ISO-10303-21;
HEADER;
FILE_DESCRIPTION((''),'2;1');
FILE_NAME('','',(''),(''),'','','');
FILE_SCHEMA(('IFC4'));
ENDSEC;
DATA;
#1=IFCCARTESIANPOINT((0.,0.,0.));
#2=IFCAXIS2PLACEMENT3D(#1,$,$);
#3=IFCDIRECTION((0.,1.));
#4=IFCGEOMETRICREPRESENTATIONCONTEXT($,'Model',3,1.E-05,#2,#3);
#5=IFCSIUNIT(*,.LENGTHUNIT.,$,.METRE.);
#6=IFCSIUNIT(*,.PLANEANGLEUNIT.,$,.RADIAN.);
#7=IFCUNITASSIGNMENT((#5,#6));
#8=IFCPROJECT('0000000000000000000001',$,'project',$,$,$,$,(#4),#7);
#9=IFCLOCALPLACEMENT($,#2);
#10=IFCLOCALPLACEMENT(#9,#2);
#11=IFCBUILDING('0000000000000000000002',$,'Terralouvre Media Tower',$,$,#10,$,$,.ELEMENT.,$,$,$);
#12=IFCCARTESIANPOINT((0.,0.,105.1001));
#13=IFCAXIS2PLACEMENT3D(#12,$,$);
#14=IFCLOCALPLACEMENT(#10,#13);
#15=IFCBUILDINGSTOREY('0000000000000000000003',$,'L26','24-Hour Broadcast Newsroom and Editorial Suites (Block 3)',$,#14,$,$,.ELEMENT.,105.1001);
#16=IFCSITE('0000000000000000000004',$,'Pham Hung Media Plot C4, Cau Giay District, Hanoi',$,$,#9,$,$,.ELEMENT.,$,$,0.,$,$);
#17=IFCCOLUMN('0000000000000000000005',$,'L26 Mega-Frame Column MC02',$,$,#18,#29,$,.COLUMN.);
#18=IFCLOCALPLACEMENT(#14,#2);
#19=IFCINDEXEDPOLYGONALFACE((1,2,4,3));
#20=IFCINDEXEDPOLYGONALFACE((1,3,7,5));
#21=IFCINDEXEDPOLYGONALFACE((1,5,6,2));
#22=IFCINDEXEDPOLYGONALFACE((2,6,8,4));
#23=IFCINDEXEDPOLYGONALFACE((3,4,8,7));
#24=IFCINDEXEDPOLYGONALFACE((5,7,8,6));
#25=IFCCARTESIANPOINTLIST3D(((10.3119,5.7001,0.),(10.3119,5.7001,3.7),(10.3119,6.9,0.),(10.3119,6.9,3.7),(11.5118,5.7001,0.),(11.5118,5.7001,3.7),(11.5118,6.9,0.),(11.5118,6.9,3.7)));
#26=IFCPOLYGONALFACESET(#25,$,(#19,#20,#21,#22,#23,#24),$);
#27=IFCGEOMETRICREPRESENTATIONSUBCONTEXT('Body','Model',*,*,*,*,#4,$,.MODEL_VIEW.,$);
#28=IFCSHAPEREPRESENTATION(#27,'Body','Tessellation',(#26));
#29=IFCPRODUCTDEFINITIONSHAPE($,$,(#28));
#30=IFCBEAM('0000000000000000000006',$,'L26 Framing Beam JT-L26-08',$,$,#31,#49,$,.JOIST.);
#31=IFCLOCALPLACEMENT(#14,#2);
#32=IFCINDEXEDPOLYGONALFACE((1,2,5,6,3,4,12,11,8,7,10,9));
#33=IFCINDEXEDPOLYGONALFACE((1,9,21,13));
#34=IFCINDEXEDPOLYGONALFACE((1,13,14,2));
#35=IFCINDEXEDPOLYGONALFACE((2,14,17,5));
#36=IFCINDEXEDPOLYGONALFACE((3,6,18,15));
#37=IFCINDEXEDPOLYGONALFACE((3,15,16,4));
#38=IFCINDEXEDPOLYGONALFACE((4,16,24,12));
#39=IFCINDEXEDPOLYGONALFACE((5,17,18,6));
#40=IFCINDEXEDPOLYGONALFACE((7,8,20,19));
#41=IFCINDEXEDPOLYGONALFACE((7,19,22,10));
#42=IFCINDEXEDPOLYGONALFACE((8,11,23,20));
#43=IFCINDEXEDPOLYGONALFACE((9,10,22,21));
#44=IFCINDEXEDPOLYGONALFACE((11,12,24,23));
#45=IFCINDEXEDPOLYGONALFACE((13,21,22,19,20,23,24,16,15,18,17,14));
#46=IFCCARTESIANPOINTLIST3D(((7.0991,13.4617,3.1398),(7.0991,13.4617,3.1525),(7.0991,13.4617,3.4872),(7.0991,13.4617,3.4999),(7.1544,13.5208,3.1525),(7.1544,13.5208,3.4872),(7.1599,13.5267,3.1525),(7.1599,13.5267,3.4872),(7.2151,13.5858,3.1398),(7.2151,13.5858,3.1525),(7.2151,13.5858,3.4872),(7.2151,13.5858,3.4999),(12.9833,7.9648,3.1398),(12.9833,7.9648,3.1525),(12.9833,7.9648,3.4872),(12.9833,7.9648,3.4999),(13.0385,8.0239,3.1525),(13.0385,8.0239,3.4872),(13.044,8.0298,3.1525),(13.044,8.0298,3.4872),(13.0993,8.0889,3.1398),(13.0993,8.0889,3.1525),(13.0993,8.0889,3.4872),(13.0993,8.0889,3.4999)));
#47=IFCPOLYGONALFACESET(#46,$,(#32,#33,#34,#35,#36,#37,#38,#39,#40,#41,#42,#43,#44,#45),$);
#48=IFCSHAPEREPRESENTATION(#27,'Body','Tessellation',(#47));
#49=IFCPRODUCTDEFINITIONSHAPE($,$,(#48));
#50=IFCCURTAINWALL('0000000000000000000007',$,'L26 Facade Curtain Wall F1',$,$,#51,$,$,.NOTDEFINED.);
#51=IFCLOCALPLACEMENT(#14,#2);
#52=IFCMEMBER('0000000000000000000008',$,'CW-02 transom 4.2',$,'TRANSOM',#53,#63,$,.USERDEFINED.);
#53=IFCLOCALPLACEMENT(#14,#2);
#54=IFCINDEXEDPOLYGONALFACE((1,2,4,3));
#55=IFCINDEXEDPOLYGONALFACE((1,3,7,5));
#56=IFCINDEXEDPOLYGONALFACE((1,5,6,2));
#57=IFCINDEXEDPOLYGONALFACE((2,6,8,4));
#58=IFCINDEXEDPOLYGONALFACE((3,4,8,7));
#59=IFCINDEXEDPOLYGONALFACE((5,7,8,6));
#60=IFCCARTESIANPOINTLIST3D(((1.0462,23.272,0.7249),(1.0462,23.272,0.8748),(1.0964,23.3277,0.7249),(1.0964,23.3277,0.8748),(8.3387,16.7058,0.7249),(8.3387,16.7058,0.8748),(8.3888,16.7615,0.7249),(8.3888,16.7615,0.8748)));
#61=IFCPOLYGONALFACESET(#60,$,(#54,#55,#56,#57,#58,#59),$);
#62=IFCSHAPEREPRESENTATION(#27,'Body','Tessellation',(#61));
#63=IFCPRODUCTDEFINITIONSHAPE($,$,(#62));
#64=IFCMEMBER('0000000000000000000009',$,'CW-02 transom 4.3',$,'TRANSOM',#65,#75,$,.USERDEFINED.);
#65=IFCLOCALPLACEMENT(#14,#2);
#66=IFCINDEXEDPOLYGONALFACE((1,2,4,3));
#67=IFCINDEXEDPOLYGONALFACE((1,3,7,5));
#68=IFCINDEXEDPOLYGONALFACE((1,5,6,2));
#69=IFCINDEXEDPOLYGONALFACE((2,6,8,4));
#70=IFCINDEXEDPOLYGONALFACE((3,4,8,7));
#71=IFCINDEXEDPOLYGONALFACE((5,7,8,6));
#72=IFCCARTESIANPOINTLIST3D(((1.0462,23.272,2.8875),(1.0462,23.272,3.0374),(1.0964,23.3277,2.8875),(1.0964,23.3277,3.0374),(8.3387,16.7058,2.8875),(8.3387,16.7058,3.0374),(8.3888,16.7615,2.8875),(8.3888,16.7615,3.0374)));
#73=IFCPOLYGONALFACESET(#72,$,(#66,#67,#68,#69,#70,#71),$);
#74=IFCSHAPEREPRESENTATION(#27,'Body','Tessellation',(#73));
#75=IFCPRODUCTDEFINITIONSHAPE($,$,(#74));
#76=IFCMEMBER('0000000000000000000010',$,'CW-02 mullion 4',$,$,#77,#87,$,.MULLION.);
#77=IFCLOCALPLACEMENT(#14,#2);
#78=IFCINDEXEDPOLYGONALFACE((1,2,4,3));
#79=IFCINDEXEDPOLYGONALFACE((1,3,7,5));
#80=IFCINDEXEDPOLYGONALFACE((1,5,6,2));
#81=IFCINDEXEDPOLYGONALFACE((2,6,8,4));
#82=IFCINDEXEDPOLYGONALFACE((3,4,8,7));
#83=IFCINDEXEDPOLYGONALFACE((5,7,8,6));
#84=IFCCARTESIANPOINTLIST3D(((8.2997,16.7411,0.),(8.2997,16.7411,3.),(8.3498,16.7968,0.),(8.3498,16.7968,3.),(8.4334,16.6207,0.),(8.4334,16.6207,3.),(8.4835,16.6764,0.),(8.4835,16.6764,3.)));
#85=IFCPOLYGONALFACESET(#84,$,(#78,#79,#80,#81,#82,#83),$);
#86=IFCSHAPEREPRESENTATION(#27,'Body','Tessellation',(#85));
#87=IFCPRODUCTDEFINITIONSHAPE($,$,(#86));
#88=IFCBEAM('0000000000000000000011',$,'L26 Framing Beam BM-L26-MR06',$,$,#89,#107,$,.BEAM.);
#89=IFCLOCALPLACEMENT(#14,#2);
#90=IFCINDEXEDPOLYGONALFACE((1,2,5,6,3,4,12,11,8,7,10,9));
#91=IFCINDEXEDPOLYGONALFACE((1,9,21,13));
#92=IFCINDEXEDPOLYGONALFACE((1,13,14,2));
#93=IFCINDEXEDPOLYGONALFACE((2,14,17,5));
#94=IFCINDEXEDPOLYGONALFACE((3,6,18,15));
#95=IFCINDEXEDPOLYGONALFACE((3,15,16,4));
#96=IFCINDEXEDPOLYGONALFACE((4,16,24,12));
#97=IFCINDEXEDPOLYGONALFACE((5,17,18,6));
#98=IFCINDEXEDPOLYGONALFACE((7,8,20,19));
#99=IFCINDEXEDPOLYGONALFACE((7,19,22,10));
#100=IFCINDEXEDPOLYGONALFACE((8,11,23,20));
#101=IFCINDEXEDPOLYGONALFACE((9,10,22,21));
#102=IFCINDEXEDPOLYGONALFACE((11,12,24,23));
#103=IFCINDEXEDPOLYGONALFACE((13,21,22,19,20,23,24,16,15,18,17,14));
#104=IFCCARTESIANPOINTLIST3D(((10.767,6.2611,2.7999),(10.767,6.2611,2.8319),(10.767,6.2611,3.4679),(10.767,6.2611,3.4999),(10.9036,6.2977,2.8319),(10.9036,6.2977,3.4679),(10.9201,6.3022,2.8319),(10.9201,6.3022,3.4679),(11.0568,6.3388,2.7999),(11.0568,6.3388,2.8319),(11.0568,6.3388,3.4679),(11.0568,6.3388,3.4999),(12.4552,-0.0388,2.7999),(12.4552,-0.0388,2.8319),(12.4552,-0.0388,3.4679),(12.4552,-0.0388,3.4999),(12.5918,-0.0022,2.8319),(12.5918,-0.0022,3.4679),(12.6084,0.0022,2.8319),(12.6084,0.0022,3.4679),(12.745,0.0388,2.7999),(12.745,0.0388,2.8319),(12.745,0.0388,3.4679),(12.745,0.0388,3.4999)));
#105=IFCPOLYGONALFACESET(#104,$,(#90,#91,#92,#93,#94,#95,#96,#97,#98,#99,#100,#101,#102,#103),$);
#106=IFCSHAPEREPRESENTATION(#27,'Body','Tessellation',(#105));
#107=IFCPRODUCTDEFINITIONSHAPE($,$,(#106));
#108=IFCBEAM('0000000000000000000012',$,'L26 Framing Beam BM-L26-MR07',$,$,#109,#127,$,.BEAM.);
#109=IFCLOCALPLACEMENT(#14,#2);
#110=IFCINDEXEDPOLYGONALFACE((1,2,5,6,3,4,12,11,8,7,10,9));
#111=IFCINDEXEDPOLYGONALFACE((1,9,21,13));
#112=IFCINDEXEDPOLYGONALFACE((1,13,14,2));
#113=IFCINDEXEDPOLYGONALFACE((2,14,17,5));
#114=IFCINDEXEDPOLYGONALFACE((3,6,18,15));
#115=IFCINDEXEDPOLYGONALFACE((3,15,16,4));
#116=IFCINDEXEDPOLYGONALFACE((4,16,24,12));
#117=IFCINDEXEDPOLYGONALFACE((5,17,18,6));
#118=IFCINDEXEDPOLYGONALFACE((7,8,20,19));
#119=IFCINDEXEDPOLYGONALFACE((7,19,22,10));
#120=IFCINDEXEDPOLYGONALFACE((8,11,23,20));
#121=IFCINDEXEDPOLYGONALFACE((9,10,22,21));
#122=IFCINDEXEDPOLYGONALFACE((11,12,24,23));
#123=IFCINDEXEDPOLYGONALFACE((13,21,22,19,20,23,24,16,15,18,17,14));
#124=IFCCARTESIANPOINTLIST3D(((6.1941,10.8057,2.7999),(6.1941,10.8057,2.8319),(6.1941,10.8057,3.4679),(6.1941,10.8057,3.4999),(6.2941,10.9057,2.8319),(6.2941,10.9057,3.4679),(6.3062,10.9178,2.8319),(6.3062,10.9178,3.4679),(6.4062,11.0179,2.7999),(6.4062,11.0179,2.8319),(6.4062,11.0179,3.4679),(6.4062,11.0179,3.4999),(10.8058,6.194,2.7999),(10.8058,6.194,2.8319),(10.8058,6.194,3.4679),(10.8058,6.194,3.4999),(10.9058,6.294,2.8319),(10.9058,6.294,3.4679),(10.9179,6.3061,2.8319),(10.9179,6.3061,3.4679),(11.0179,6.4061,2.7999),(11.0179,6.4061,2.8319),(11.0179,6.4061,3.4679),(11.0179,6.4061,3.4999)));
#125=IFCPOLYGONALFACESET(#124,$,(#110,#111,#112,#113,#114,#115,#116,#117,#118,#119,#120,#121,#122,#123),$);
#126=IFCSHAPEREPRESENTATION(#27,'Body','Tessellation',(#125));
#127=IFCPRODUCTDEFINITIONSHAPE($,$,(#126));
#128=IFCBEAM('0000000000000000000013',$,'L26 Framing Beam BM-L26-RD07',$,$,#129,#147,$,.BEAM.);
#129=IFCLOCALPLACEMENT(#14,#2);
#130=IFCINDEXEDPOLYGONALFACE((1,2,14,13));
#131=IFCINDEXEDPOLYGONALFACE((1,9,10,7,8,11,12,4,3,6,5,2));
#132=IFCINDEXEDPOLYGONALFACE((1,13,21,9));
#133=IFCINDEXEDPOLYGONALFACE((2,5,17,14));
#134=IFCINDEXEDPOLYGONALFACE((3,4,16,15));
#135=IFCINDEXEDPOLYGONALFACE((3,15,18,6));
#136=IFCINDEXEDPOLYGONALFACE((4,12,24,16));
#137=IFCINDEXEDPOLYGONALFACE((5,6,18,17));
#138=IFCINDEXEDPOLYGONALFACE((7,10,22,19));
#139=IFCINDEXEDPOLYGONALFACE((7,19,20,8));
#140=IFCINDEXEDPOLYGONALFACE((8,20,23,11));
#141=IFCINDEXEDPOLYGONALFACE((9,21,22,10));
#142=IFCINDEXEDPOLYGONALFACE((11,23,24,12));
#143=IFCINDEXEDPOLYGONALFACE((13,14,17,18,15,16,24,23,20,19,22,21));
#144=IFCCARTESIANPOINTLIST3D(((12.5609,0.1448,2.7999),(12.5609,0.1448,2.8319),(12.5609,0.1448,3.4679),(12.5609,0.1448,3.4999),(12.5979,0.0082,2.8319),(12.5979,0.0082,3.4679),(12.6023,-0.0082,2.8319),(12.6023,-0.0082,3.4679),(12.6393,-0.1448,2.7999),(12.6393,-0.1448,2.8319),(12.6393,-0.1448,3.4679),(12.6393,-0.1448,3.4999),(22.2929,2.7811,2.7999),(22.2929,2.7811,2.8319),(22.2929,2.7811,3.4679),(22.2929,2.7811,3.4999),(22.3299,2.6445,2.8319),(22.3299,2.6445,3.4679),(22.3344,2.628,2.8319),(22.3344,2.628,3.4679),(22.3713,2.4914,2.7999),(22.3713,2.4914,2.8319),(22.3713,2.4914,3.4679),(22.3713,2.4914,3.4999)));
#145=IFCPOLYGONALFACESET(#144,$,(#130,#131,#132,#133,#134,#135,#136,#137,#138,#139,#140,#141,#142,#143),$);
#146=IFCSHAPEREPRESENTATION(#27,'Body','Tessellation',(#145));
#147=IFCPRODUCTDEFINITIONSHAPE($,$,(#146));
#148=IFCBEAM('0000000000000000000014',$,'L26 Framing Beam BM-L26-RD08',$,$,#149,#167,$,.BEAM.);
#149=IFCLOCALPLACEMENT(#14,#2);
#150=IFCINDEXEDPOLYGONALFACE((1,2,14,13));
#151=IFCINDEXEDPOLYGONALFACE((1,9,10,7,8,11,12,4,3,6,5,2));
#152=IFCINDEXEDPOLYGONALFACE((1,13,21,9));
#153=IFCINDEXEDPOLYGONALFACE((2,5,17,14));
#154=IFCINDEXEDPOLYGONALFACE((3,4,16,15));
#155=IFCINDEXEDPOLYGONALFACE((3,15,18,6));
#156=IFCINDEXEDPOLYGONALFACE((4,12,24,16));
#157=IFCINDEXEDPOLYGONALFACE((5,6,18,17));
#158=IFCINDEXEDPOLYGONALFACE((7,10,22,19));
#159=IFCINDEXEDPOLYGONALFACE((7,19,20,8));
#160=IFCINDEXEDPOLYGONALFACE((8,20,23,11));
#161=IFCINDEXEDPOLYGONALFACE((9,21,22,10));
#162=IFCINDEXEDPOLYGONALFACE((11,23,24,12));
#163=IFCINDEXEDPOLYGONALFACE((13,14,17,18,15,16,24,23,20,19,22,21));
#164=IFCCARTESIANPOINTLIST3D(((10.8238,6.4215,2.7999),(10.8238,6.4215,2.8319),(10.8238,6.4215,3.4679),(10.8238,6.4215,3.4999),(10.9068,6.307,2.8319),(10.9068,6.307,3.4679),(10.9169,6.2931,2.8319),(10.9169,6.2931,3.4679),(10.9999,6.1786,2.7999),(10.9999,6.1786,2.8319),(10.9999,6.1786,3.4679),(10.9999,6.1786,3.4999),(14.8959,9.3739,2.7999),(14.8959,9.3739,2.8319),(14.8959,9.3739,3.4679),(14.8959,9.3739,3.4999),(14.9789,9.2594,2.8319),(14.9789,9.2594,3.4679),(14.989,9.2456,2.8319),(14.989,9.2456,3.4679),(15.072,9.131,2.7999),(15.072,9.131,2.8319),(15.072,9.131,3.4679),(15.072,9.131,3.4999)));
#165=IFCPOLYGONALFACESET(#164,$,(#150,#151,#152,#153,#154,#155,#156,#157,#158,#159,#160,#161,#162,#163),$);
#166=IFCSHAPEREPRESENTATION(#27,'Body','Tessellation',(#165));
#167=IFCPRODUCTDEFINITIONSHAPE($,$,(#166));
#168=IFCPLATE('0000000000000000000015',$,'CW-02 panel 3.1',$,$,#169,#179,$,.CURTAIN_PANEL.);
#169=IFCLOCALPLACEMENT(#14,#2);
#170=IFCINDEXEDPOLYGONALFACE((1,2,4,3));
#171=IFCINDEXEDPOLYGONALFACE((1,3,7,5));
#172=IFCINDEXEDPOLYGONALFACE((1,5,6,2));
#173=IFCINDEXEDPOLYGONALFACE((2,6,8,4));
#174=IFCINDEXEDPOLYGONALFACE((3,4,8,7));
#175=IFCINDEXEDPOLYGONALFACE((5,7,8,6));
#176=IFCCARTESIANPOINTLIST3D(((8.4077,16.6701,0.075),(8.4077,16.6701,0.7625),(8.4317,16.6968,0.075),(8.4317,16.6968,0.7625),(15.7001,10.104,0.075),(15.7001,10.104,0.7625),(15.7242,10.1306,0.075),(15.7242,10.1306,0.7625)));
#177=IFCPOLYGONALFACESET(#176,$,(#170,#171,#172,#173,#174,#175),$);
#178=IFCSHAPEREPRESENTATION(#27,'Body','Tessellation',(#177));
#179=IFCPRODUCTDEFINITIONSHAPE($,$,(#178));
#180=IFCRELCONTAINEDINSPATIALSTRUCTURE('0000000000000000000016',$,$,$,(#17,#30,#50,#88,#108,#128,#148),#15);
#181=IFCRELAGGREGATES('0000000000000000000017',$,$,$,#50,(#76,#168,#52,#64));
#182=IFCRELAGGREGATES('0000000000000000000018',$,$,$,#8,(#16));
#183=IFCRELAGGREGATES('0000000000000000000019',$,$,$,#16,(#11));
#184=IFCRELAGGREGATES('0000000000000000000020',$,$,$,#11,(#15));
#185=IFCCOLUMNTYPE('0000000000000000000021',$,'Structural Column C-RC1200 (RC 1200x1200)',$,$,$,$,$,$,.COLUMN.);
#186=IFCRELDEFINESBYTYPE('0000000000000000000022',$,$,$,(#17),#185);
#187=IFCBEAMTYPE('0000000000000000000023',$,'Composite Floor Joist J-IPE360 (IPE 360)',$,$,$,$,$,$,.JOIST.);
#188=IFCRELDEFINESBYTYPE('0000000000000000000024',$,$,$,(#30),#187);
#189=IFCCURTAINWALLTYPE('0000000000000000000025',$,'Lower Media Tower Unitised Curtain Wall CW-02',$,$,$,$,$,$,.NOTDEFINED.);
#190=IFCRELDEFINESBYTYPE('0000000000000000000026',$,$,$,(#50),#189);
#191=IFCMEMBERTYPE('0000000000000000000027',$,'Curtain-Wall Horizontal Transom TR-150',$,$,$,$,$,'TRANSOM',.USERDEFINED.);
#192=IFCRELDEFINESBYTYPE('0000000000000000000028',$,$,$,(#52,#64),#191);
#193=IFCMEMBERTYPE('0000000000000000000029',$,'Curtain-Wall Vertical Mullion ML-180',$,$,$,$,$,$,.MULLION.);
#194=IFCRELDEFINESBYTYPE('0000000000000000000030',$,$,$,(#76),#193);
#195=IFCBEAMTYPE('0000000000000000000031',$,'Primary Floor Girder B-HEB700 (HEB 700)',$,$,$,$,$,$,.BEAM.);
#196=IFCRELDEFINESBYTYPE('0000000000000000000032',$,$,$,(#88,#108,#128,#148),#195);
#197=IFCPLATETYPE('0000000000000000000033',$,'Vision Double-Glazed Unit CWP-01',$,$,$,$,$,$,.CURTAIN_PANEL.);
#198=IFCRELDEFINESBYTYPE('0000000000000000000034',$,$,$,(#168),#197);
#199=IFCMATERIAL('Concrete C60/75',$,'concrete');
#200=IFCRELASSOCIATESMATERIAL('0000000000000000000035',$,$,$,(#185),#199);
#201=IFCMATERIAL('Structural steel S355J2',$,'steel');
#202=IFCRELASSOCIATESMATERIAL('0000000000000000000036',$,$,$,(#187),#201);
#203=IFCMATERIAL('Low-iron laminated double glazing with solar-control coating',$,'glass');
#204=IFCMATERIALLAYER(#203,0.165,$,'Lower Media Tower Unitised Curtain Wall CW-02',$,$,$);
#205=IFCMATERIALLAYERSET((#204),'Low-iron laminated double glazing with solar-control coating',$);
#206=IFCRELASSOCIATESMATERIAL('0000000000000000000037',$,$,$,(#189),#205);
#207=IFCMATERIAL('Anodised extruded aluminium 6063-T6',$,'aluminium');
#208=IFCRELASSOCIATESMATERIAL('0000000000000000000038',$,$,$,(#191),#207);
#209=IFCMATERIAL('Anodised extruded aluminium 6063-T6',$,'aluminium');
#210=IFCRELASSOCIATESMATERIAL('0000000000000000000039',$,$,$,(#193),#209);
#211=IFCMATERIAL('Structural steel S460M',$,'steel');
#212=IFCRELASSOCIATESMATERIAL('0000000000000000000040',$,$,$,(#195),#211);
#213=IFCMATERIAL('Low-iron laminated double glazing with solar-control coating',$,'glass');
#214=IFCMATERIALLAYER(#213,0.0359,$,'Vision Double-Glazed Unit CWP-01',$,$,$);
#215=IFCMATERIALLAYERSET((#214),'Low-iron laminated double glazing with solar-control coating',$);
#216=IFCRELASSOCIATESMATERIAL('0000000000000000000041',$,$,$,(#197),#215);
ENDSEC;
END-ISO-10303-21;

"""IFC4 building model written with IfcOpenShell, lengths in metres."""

from ifc_helpers import new_model, si_unit, direction, frame, origin, origin_2d, place, context, subcontext, project, spatial, rectangle, i_section, extrude, material, layer, layer_set, material_profile, profile_set, type_object, element, aggregate, save


model = new_model("IFC4")

# Units and contexts
model_context = context("Model", 3, precision=1e-05, world=origin(), true_north=direction((0.0, 1.0)))
body_context = subcontext(model_context, "Body", "Model", "MODEL_VIEW")
ifc_project = project(units=[si_unit("LENGTHUNIT", "METRE"), si_unit("PLANEANGLEUNIT", "RADIAN")], contexts=[model_context])

# Site, building, storey
site_placement = place(None, origin())
site = spatial("IfcSite", under=ifc_project, at=site_placement, Name="Pham Hung Media Plot C4, Cau Giay District, Hanoi", CompositionType="ELEMENT", RefElevation=0.0)
building_placement = place(site_placement, origin())
building = spatial("IfcBuilding", under=site, at=building_placement, Name="Terralouvre Media Tower", CompositionType="ELEMENT")
storey_placement = place(building_placement, frame((0.0, 0.0, 105.1001)))
storey = spatial("IfcBuildingStorey", under=building, at=storey_placement, Name="L26", Description="24-Hour Broadcast Newsroom and Editorial Suites (Block 3)", CompositionType="ELEMENT", Elevation=105.1001)

# Column
ifc_material_1 = material(Name="Concrete C60/75", Category="concrete")
ifc_material_profile_1 = material_profile(ifc_material_1, rectangle(XDim=1.2, YDim=1.2, at=origin_2d()), Name="RC 1200x1200")
ifc_profile_set_1 = profile_set([ifc_material_profile_1], Name="Concrete C60/75")
column_type = type_object("IfcColumnType", Name="Structural Column C-RC1200 (RC 1200x1200)", PredefinedType="COLUMN", material=ifc_profile_set_1)
column_placement = place(storey_placement, frame((10.9119, 6.3, 0.0), z_axis=(0.0, 0.0, 1.0), x_axis=(1.0, 0.0, 0.0)))
element("IfcColumn", 1, at=column_placement, inside=storey, type_object=column_type, Name="L26 Mega-Frame Column MC02", PredefinedType="COLUMN", context=body_context, shape_type="SweptSolid", body=[
    extrude(rectangle(XDim=1.2, YDim=1.2, at=origin_2d()), origin(), (0.0, 0.0, 1.0), 3.7),
])

# Beam
ifc_material_2 = material(Name="Structural steel S355J2", Category="steel")
ifc_material_profile_2 = material_profile(ifc_material_2, i_section(OverallWidth=0.1699, OverallDepth=0.3601, WebThickness=0.0081, FlangeThickness=0.0127, at=origin_2d()), Name="IPE 360")
ifc_profile_set_2 = profile_set([ifc_material_profile_2], Name="Structural steel S355J2")
beam_type_1 = type_object("IfcBeamType", Name="Composite Floor Joist J-IPE360 (IPE 360)", PredefinedType="JOIST", material=ifc_profile_set_2)
beam_1_placement = place(storey_placement, frame((13.0413, 8.0269, 3.3198), z_axis=(-0.730742, 0.682654, 0.0), x_axis=(-0.682654, -0.730742, 0.0)))
element("IfcBeam", 2, at=beam_1_placement, inside=storey, type_object=beam_type_1, Name="L26 Framing Beam JT-L26-08", PredefinedType="JOIST", context=body_context, shape_type="SweptSolid", body=[
    extrude(i_section(OverallWidth=0.1699, OverallDepth=0.3601, WebThickness=0.0081, FlangeThickness=0.0127, at=origin_2d()), origin(), (0.0, 0.0, 1.0), 8.0522),
])

# Curtain wall, members
ifc_material_3 = material(Name="Low-iron laminated double glazing with solar-control coating", Category="glass")
ifc_layer_1 = layer(ifc_material_3, 0.165, Name="Lower Media Tower Unitised Curtain Wall CW-02")
ifc_layer_set_1 = layer_set([ifc_layer_1], Name="Low-iron laminated double glazing with solar-control coating")
curtain_wall_type = type_object("IfcCurtainWallType", Name="Lower Media Tower Unitised Curtain Wall CW-02", PredefinedType="NOTDEFINED", material=ifc_layer_set_1)
curtain_wall_placement = place(storey_placement, origin())
curtain_wall = element("IfcCurtainWall", 3, at=curtain_wall_placement, inside=storey, type_object=curtain_wall_type, Name="L26 Facade Curtain Wall F1", PredefinedType="NOTDEFINED")
ifc_material_4 = material(Name="Anodised extruded aluminium 6063-T6", Category="aluminium")
ifc_material_profile_3 = material_profile(ifc_material_4, rectangle(XDim=0.075, YDim=0.1499, at=origin_2d()), Name="ALU 75x150")
ifc_profile_set_3 = profile_set([ifc_material_profile_3], Name="Anodised extruded aluminium 6063-T6")
member_type_1 = type_object("IfcMemberType", Name="Curtain-Wall Horizontal Transom TR-150", ElementType="TRANSOM", PredefinedType="USERDEFINED", material=ifc_profile_set_3)
member_1_placement = place(storey_placement, frame((8.3638, 16.7336, 0.7998), z_axis=(-0.743146, 0.66913, 0.0), x_axis=(-0.66913, -0.743146, 0.0)))
member_1 = element("IfcMember", 4, at=member_1_placement, type_object=member_type_1, Name="CW-02 transom 4.2", ObjectType="TRANSOM", PredefinedType="USERDEFINED", context=body_context, shape_type="SweptSolid", body=[
    extrude(rectangle(XDim=0.075, YDim=0.1499, at=origin_2d()), origin(), (0.0, 0.0, 1.0), 9.813),
])
member_2_placement = place(storey_placement, frame((8.3638, 16.7336, 2.9624), z_axis=(-0.743146, 0.66913, 0.0), x_axis=(-0.66913, -0.743146, 0.0)))
member_2 = element("IfcMember", 5, at=member_2_placement, type_object=member_type_1, Name="CW-02 transom 4.3", ObjectType="TRANSOM", PredefinedType="USERDEFINED", context=body_context, shape_type="SweptSolid", body=[
    extrude(rectangle(XDim=0.075, YDim=0.1499, at=origin_2d()), origin(), (0.0, 0.0, 1.0), 9.813),
])
ifc_material_5 = material(Name="Anodised extruded aluminium 6063-T6", Category="aluminium")
ifc_material_profile_4 = material_profile(ifc_material_5, rectangle(XDim=0.075, YDim=0.1799, at=origin_2d()), Name="ALU 75x180")
ifc_profile_set_4 = profile_set([ifc_material_profile_4], Name="Anodised extruded aluminium 6063-T6")
member_type_2 = type_object("IfcMemberType", Name="Curtain-Wall Vertical Mullion ML-180", PredefinedType="MULLION", material=ifc_profile_set_4)
member_3_placement = place(storey_placement, frame((8.3916, 16.7087, 0.0), z_axis=(0.0, 0.0, 1.0), x_axis=(-0.669131, -0.743145, 0.0)))
member_3 = element("IfcMember", 6, at=member_3_placement, type_object=member_type_2, Name="CW-02 mullion 4", PredefinedType="MULLION", context=body_context, shape_type="SweptSolid", body=[
    extrude(rectangle(XDim=0.075, YDim=0.1799, at=origin_2d()), origin(), (0.0, 0.0, 1.0), 3.0),
])

# Beams
ifc_material_6 = material(Name="Structural steel S460M", Category="steel")
ifc_material_profile_5 = material_profile(ifc_material_6, i_section(OverallWidth=0.3, OverallDepth=0.7, WebThickness=0.0171, FlangeThickness=0.032, at=origin_2d()), Name="HEB 700")
ifc_profile_set_5 = profile_set([ifc_material_profile_5], Name="Structural steel S460M")
beam_type_2 = type_object("IfcBeamType", Name="Primary Floor Girder B-HEB700 (HEB 700)", PredefinedType="BEAM", material=ifc_profile_set_5)
beam_2_placement = place(storey_placement, frame((12.6001, 0.0, 3.1499), z_axis=(-0.258839, 0.96592, 0.0), x_axis=(-0.96592, -0.258839, 0.0)))
element("IfcBeam", 7, at=beam_2_placement, inside=storey, type_object=beam_type_2, Name="L26 Framing Beam BM-L26-MR06", PredefinedType="BEAM", context=body_context, shape_type="SweptSolid", body=[
    extrude(i_section(OverallWidth=0.3, OverallDepth=0.7, WebThickness=0.0171, FlangeThickness=0.032, at=origin_2d()), origin(), (0.0, 0.0, 1.0), 6.5222),
])
beam_3_placement = place(storey_placement, frame((10.9119, 6.3, 3.1499), z_axis=(-0.707107, 0.707107, 0.0), x_axis=(-0.707107, -0.707107, 0.0)))
element("IfcBeam", 8, at=beam_3_placement, inside=storey, type_object=beam_type_2, Name="L26 Framing Beam BM-L26-MR07", PredefinedType="BEAM", context=body_context, shape_type="SweptSolid", body=[
    extrude(i_section(OverallWidth=0.3, OverallDepth=0.7, WebThickness=0.0171, FlangeThickness=0.032, at=origin_2d()), origin(), (0.0, 0.0, 1.0), 6.522),
])
beam_4_placement = place(storey_placement, frame((12.6001, 0.0, 3.1499), z_axis=(0.965214, 0.261462, 0.0), x_axis=(-0.261462, 0.965214, 0.0)))
element("IfcBeam", 9, at=beam_4_placement, inside=storey, type_object=beam_type_2, Name="L26 Framing Beam BM-L26-RD07", PredefinedType="BEAM", context=body_context, shape_type="SweptSolid", body=[
    extrude(i_section(OverallWidth=0.3, OverallDepth=0.7, WebThickness=0.0171, FlangeThickness=0.032, at=origin_2d()), origin(), (0.0, 0.0, 1.0), 10.0828),
])
beam_5_placement = place(storey_placement, frame((10.9119, 6.3, 3.1499), z_axis=(0.809594, 0.586991, 0.0), x_axis=(-0.586991, 0.809594, 0.0)))
element("IfcBeam", 10, at=beam_5_placement, inside=storey, type_object=beam_type_2, Name="L26 Framing Beam BM-L26-RD08", PredefinedType="BEAM", context=body_context, shape_type="SweptSolid", body=[
    extrude(i_section(OverallWidth=0.3, OverallDepth=0.7, WebThickness=0.0171, FlangeThickness=0.032, at=origin_2d()), origin(), (0.0, 0.0, 1.0), 5.0298),
])

# Plate
ifc_material_7 = material(Name="Low-iron laminated double glazing with solar-control coating", Category="glass")
ifc_layer_2 = layer(ifc_material_7, 0.0359, Name="Vision Double-Glazed Unit CWP-01")
ifc_layer_set_2 = layer_set([ifc_layer_2], Name="Low-iron laminated double glazing with solar-control coating")
plate_type = type_object("IfcPlateType", Name="Vision Double-Glazed Unit CWP-01", PredefinedType="CURTAIN_PANEL", material=ifc_layer_set_2)
plate_1_placement = place(storey_placement, frame((12.0659, 13.4004, 0.075), z_axis=(0.0, 0.0, 1.0), x_axis=(-0.743145, 0.669131, 0.0)))
plate_1 = element("IfcPlate", 11, at=plate_1_placement, type_object=plate_type, Name="CW-02 panel 3.1", PredefinedType="CURTAIN_PANEL", context=body_context, shape_type="SweptSolid", body=[
    extrude(rectangle(XDim=9.813, YDim=0.0359, at=origin_2d()), origin(), (0.0, 0.0, 1.0), 0.6875),
])
aggregate(curtain_wall, [member_3, plate_1, member_1, member_2])

save(model, "model.ifc")
